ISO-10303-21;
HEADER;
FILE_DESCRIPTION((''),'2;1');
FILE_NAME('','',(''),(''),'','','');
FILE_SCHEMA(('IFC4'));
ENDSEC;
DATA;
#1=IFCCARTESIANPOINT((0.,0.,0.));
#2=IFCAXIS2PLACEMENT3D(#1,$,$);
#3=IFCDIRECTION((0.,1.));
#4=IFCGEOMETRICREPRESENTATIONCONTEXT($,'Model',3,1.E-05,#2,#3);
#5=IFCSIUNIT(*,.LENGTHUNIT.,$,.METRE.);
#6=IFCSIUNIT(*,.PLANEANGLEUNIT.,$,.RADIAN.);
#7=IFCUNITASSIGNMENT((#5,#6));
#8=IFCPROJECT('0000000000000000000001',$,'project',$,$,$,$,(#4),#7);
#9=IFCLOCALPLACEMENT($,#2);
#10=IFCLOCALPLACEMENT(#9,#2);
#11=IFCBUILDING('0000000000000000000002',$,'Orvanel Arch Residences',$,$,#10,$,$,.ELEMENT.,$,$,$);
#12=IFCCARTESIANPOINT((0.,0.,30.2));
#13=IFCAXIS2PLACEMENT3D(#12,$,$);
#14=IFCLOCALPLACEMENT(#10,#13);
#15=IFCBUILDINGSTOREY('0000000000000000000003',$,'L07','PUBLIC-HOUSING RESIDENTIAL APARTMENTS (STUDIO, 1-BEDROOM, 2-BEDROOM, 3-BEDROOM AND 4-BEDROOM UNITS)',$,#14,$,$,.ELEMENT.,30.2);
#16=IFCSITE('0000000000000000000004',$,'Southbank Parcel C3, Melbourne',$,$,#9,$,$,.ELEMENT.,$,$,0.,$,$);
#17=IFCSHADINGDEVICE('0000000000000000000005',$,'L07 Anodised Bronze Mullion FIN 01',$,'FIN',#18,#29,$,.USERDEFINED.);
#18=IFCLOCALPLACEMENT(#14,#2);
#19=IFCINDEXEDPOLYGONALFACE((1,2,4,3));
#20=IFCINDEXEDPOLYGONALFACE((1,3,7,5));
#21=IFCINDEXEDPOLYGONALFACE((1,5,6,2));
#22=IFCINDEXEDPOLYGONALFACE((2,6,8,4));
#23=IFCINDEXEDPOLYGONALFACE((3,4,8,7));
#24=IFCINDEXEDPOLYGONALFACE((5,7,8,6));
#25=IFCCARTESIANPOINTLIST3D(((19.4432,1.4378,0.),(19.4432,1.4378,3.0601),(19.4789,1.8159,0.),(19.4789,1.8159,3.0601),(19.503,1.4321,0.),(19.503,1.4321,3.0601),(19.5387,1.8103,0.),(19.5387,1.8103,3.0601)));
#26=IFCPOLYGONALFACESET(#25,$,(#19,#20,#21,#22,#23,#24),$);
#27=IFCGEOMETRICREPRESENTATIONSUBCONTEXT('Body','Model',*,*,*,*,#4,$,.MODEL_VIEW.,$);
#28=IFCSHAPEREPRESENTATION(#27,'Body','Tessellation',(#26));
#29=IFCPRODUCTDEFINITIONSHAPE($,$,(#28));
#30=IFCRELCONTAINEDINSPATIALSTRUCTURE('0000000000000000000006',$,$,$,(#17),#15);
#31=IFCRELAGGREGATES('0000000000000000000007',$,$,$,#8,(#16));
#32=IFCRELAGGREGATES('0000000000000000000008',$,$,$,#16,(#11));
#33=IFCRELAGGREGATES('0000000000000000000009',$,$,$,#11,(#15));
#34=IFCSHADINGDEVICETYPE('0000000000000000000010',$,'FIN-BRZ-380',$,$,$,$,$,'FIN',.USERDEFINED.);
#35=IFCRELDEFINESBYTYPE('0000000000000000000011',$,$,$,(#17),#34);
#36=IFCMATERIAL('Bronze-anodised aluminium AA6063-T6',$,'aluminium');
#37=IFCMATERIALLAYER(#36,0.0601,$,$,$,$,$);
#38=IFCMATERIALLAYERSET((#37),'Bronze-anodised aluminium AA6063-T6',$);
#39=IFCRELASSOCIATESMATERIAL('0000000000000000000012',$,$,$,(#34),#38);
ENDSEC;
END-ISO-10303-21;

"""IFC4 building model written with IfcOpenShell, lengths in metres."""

from ifc_helpers import new_model, si_unit, direction, frame, origin, origin_2d, place, context, subcontext, project, spatial, rectangle, extrude, material, layer, layer_set, type_object, element, save


model = new_model("IFC4")

# Units and contexts
model_context = context("Model", 3, precision=1e-05, world=origin(), true_north=direction((0.0, 1.0)))
body_context = subcontext(model_context, "Body", "Model", "MODEL_VIEW")
ifc_project = project(units=[si_unit("LENGTHUNIT", "METRE"), si_unit("PLANEANGLEUNIT", "RADIAN")], contexts=[model_context])

# Site, building, storey
site_placement = place(None, origin())
site = spatial("IfcSite", under=ifc_project, at=site_placement, Name="Southbank Parcel C3, Melbourne", CompositionType="ELEMENT", RefElevation=0.0)
building_placement = place(site_placement, origin())
building = spatial("IfcBuilding", under=site, at=building_placement, Name="Orvanel Arch Residences", CompositionType="ELEMENT")
storey_placement = place(building_placement, frame((0.0, 0.0, 30.2)))
storey = spatial("IfcBuildingStorey", under=building, at=storey_placement, Name="L07", Description="PUBLIC-HOUSING RESIDENTIAL APARTMENTS (STUDIO, 1-BEDROOM, 2-BEDROOM, 3-BEDROOM AND 4-BEDROOM UNITS)", CompositionType="ELEMENT", Elevation=30.2)

# Shared definitions
ifc_material_1 = material(Name="Bronze-anodised aluminium AA6063-T6", Category="aluminium")

# Shading device
ifc_layer_1 = layer(ifc_material_1, 0.0601)
ifc_layer_set_1 = layer_set([ifc_layer_1], Name="Bronze-anodised aluminium AA6063-T6")
shading_device_type = type_object("IfcShadingDeviceType", Name="FIN-BRZ-380", ElementType="FIN", PredefinedType="USERDEFINED", material=ifc_layer_set_1)
shading_device_placement = place(storey_placement, frame((19.491, 1.624, 0.0), z_axis=(0.0, 0.0, 1.0), x_axis=(-0.094108, -0.995562, 0.0)))
element("IfcShadingDevice", 1, at=shading_device_placement, inside=storey, type_object=shading_device_type, Name="L07 Anodised Bronze Mullion FIN 01", ObjectType="FIN", PredefinedType="USERDEFINED", context=body_context, shape_type="SweptSolid", body=[
    extrude(rectangle(XDim=0.3799, YDim=0.0601, at=origin_2d()), origin(), (0.0, 0.0, 1.0), 3.0601),
])

save(model, "model.ifc")
